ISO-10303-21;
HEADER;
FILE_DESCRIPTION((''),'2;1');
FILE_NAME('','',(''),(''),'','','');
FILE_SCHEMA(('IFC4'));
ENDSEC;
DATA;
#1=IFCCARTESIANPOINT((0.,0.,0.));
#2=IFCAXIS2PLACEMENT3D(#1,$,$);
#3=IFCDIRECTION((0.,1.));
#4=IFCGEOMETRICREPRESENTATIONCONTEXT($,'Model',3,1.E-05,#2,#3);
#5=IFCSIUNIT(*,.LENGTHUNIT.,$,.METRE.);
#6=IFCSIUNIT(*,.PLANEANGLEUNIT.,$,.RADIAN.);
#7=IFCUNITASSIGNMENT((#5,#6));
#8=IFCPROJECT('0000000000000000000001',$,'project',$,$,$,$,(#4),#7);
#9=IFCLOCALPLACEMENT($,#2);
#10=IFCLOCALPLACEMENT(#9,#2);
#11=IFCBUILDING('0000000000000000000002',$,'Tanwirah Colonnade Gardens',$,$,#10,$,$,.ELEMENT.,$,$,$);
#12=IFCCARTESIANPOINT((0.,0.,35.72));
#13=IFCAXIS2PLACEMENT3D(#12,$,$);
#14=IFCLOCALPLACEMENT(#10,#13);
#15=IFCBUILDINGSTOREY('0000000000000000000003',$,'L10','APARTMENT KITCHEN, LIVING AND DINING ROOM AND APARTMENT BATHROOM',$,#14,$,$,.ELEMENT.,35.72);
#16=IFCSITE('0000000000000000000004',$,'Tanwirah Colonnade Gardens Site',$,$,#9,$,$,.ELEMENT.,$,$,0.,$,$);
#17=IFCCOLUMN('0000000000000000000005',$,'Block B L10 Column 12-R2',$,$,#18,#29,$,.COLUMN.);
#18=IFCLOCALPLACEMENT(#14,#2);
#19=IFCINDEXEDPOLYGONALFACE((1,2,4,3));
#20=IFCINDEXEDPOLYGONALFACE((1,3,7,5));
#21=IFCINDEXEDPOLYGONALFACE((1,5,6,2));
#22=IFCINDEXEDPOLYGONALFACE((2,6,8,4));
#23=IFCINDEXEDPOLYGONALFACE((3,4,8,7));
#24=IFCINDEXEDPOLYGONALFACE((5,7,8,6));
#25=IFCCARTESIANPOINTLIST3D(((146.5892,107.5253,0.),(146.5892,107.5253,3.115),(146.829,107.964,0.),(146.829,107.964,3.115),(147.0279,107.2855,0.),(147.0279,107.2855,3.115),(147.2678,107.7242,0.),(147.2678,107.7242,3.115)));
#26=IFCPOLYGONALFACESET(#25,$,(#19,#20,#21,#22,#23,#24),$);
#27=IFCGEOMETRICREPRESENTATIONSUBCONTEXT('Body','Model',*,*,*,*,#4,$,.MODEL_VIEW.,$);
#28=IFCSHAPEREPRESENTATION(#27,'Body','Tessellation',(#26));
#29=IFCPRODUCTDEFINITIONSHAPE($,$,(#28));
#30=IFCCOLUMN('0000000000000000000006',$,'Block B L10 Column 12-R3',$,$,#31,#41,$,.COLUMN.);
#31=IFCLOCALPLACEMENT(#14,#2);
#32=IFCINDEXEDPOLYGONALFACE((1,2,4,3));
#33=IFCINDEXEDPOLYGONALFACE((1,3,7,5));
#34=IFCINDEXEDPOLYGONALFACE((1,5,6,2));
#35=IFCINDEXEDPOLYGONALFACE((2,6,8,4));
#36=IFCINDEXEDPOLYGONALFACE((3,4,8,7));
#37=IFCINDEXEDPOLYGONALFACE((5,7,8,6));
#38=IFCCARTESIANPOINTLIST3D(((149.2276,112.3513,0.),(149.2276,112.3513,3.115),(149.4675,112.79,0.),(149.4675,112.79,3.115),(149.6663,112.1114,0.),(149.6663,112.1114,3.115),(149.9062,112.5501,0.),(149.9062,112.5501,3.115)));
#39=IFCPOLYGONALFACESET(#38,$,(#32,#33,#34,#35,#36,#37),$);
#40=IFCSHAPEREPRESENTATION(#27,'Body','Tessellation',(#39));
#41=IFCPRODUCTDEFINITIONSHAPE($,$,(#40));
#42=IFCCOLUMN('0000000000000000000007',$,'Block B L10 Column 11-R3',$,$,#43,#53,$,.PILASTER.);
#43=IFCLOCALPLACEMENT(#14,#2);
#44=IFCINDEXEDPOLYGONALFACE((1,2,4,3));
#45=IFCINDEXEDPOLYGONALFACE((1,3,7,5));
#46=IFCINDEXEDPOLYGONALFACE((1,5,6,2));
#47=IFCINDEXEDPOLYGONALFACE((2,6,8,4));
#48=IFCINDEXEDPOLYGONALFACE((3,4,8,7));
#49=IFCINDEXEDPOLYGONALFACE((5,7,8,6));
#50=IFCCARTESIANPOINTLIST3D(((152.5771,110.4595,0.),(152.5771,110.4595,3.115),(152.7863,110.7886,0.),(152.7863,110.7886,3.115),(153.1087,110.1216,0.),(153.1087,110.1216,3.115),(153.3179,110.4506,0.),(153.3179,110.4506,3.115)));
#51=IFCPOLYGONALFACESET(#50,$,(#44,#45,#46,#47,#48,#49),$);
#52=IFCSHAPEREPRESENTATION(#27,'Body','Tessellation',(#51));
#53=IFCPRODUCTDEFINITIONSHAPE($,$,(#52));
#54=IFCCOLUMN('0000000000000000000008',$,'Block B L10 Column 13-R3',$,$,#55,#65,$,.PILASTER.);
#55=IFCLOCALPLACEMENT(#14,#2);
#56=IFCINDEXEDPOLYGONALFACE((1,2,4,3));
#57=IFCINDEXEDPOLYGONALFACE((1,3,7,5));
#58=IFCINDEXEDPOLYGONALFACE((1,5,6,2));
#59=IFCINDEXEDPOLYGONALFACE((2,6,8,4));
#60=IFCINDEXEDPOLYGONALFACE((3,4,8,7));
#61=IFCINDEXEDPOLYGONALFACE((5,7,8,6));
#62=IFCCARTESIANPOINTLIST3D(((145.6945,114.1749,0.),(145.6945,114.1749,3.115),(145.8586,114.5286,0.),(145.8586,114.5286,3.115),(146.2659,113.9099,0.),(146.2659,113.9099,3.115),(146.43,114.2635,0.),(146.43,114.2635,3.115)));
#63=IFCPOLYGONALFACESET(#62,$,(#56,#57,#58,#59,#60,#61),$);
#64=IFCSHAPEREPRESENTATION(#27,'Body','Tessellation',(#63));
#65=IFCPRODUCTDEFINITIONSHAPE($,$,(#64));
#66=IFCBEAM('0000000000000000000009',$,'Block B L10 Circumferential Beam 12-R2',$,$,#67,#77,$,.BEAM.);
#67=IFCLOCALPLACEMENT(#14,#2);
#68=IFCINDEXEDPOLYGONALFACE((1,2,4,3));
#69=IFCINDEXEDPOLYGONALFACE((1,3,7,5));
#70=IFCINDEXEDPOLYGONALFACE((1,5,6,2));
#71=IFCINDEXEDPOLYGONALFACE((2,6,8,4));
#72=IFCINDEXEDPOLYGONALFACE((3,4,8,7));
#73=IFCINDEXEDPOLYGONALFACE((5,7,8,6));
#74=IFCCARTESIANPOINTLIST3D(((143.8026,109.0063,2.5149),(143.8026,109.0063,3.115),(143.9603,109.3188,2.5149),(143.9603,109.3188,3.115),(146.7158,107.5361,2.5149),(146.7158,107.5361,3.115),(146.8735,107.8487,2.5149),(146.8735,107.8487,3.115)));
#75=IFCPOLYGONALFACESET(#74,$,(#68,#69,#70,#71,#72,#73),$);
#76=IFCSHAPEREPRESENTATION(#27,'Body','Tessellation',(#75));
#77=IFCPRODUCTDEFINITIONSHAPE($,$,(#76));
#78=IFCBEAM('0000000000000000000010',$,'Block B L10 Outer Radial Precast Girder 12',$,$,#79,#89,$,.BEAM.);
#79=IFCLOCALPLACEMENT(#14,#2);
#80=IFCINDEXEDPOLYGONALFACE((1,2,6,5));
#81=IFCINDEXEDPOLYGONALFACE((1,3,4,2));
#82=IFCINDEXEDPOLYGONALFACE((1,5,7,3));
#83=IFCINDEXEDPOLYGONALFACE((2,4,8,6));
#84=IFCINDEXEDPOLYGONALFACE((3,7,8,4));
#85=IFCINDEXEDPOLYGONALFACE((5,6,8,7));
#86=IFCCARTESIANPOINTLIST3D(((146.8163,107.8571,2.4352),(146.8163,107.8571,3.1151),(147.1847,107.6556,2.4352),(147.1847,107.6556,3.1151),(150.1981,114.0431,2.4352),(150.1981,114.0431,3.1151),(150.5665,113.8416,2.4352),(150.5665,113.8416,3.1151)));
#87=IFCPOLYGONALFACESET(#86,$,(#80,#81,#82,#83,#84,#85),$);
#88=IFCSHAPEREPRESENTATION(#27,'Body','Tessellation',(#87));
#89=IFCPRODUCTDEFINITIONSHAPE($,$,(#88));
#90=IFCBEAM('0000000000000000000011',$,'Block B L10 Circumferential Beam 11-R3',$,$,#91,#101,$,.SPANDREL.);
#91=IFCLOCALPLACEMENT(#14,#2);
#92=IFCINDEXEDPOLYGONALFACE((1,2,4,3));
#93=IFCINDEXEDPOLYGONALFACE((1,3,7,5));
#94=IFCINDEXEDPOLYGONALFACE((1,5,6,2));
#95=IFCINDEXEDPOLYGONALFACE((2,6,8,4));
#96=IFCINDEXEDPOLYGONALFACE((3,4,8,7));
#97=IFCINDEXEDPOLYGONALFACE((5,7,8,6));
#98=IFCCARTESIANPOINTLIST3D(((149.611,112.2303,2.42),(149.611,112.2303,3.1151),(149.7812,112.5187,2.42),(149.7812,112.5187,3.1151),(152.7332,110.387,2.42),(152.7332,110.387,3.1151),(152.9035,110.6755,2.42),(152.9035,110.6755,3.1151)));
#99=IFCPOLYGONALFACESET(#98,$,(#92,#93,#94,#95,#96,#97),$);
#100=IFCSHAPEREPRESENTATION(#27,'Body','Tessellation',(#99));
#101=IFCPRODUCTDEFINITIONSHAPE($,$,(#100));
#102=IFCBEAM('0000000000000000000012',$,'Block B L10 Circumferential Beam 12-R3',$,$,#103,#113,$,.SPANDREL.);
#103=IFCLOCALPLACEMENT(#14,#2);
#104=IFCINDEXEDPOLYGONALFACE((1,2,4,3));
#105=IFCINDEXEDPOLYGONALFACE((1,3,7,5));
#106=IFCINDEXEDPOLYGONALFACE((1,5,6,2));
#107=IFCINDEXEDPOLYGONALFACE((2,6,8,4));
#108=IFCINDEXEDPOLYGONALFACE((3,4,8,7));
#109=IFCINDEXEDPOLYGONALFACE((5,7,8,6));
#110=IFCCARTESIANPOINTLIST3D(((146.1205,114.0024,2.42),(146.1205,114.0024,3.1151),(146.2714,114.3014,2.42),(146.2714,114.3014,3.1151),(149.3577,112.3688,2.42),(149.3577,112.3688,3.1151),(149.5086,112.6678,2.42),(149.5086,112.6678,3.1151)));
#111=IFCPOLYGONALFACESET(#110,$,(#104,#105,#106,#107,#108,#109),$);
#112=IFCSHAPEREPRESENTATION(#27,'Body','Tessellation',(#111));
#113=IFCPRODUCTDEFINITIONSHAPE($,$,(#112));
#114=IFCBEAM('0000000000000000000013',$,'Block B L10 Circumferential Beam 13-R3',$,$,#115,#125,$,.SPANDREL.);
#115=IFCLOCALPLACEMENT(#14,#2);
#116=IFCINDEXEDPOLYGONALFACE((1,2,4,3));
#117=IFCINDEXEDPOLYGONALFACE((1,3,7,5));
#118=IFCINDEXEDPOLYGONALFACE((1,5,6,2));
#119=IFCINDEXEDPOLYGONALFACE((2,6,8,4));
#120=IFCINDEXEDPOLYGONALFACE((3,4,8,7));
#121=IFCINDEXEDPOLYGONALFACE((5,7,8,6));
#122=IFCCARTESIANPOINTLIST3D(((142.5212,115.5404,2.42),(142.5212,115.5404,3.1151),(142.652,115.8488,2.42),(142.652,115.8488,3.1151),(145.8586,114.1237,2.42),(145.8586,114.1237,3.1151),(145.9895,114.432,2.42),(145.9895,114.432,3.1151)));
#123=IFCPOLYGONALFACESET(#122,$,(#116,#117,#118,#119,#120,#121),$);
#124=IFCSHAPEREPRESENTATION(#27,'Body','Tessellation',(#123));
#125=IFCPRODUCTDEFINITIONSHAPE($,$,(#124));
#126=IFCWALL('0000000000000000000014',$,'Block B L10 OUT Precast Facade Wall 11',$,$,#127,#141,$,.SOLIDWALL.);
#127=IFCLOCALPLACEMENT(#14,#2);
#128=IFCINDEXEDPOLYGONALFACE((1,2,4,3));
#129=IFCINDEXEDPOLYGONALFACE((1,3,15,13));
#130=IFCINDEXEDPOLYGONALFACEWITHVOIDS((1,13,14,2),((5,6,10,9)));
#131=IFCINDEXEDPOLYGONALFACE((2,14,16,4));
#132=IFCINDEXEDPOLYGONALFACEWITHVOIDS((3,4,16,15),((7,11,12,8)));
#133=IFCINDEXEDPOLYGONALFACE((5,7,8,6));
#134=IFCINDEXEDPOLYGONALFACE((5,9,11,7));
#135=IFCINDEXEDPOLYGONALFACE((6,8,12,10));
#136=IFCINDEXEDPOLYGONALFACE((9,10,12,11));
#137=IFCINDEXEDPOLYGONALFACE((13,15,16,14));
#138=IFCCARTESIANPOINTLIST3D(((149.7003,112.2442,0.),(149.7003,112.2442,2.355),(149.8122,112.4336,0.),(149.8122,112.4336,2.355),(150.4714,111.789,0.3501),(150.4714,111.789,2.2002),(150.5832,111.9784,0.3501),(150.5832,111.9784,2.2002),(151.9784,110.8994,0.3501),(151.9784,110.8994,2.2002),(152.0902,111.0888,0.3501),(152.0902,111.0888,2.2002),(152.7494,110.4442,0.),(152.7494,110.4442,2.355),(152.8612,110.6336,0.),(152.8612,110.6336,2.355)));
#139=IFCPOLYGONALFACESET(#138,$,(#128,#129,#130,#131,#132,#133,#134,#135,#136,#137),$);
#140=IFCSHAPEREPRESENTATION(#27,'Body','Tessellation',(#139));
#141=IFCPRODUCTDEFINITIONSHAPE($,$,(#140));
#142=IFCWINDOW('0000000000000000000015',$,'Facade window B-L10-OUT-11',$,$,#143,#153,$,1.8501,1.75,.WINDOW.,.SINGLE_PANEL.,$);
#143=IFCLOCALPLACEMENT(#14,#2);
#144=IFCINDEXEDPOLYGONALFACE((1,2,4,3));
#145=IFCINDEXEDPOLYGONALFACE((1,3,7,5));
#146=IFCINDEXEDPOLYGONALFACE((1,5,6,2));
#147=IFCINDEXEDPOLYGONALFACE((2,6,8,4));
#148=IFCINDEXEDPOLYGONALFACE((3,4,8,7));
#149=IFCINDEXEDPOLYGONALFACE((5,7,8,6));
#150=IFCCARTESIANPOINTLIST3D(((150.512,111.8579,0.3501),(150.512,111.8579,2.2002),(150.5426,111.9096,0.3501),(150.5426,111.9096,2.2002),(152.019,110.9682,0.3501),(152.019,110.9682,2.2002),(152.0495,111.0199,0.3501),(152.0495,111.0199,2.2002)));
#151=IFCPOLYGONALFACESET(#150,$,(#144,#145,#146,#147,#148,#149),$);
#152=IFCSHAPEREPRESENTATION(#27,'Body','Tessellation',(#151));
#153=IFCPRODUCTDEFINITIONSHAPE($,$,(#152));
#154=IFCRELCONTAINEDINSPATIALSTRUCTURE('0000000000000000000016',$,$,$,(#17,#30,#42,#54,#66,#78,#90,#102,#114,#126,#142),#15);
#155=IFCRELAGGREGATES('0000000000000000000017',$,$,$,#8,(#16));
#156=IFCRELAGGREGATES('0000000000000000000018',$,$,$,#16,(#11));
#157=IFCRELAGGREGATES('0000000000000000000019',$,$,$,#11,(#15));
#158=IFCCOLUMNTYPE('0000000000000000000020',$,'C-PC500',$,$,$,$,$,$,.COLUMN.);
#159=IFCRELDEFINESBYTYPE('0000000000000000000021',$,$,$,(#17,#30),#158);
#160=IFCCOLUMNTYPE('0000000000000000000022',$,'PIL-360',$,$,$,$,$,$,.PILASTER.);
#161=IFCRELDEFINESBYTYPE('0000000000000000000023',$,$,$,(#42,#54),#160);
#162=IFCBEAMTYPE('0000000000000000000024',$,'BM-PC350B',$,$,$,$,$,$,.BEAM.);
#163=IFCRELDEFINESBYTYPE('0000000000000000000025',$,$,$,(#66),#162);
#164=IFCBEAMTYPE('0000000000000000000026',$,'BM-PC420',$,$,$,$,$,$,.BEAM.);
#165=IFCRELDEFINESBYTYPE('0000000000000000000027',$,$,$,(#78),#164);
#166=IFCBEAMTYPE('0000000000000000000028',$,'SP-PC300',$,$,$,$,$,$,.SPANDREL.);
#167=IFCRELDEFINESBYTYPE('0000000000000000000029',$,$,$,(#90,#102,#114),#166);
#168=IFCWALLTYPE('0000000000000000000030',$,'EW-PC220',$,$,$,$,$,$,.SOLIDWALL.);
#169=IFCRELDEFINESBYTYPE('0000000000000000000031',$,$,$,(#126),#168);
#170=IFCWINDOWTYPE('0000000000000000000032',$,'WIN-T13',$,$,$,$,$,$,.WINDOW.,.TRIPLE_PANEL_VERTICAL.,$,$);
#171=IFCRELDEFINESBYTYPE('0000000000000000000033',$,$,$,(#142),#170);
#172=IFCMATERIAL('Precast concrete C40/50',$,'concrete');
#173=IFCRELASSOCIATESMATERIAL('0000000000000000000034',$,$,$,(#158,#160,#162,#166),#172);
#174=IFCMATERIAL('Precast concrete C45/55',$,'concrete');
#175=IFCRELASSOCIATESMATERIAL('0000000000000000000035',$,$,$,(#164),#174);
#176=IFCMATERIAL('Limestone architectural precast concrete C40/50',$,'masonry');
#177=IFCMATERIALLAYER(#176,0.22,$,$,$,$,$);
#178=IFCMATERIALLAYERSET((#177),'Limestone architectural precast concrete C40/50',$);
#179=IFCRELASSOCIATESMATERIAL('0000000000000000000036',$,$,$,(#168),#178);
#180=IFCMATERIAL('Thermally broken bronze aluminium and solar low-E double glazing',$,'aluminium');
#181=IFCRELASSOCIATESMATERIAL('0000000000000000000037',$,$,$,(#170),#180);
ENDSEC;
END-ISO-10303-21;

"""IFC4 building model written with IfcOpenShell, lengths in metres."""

from ifc_helpers import new_model, si_unit, direction, frame, frame_2d, origin, origin_2d, place, context, subcontext, project, spatial, rectangle, extrude, material, layer, layer_set, material_profile, profile_set, type_object, element, fill, save


model = new_model("IFC4")

# Units and contexts
model_context = context("Model", 3, precision=1e-05, world=origin(), true_north=direction((0.0, 1.0)))
body_context = subcontext(model_context, "Body", "Model", "MODEL_VIEW")
ifc_project = project(units=[si_unit("LENGTHUNIT", "METRE"), si_unit("PLANEANGLEUNIT", "RADIAN")], contexts=[model_context])

# Site, building, storey
site_placement = place(None, origin())
site = spatial("IfcSite", under=ifc_project, at=site_placement, Name="Tanwirah Colonnade Gardens Site", CompositionType="ELEMENT", RefElevation=0.0)
building_placement = place(site_placement, origin())
building = spatial("IfcBuilding", under=site, at=building_placement, Name="Tanwirah Colonnade Gardens", CompositionType="ELEMENT")
storey_placement = place(building_placement, frame((0.0, 0.0, 35.72)))
storey = spatial("IfcBuildingStorey", under=building, at=storey_placement, Name="L10", Description="APARTMENT KITCHEN, LIVING AND DINING ROOM AND APARTMENT BATHROOM", CompositionType="ELEMENT", Elevation=35.72)

# Columns
ifc_material_1 = material(Name="Precast concrete C40/50", Category="concrete")
ifc_material_profile_1 = material_profile(ifc_material_1, rectangle(XDim=0.5, YDim=0.5, at=origin_2d()), Name="PC-COL 500x500")
ifc_profile_set_1 = profile_set([ifc_material_profile_1], Name="Precast concrete C40/50")
column_type_1 = type_object("IfcColumnType", Name="C-PC500", PredefinedType="COLUMN", material=ifc_profile_set_1)
for number, where, z_axis, x_axis, name in (
    (1, (146.9285, 107.6248, 0.0), (0.0, 0.0, 1.0), (0.479713, 0.877425, 0.0), "Block B L10 Column 12-R2"),
    (2, (149.5669, 112.4507, 0.0), (0.0, 0.0, 1.0), (0.479713, 0.877425, 0.0), "Block B L10 Column 12-R3"),
):
    element("IfcColumn", number, at=place(storey_placement, frame(where, z_axis=z_axis, x_axis=x_axis)), inside=storey, type_object=column_type_1, Name=name, PredefinedType="COLUMN", context=body_context, shape_type="SweptSolid", body=[
        extrude(rectangle(XDim=0.5, YDim=0.5, at=origin_2d()), origin(), (0.0, 0.0, 1.0), 3.115),
    ])
ifc_material_profile_2 = material_profile(ifc_material_1, rectangle(XDim=0.3899, YDim=0.6299, at=origin_2d()), Name="PC-PIL 390x630")
ifc_profile_set_2 = profile_set([ifc_material_profile_2], Name="Precast concrete C40/50")
column_type_2 = type_object("IfcColumnType", Name="PIL-360", PredefinedType="PILASTER", material=ifc_profile_set_2)
for number, where, z_axis, x_axis, name in (
    (3, (152.9475, 110.4551, 0.0), (0.0, 0.0, 1.0), (0.536482, 0.843912, 0.0), "Block B L10 Column 11-R3"),
    (4, (146.0623, 114.2192, 0.0), (0.0, 0.0, 1.0), (0.42086, 0.907126, 0.0), "Block B L10 Column 13-R3"),
):
    element("IfcColumn", number, at=place(storey_placement, frame(where, z_axis=z_axis, x_axis=x_axis)), inside=storey, type_object=column_type_2, Name=name, PredefinedType="PILASTER", context=body_context, shape_type="SweptSolid", body=[
        extrude(rectangle(XDim=0.3899, YDim=0.6299, at=origin_2d()), origin(), (0.0, 0.0, 1.0), 3.115),
    ])

# Beams
ifc_material_profile_3 = material_profile(ifc_material_1, rectangle(XDim=0.3501, YDim=0.6001, at=origin_2d()), Name="PC-BM 350x600")
ifc_profile_set_3 = profile_set([ifc_material_profile_3], Name="Precast concrete C40/50")
beam_type_1 = type_object("IfcBeamType", Name="BM-PC350B", PredefinedType="BEAM", material=ifc_profile_set_3)
beam_1_placement = place(storey_placement, frame((146.7947, 107.6924, 2.8149), z_axis=(-0.89276, 0.450532, 0.0), x_axis=(-0.450532, -0.89276, 0.0)))
element("IfcBeam", 5, at=beam_1_placement, inside=storey, type_object=beam_type_1, Name="Block B L10 Circumferential Beam 12-R2", PredefinedType="BEAM", context=body_context, shape_type="SweptSolid", body=[
    extrude(rectangle(XDim=0.3501, YDim=0.6001, at=origin_2d()), origin(), (0.0, 0.0, 1.0), 3.2632),
])
ifc_material_2 = material(Name="Precast concrete C45/55", Category="concrete")
ifc_material_profile_4 = material_profile(ifc_material_2, rectangle(XDim=0.4199, YDim=0.6799, at=origin_2d()), Name="PC-BM 420x680")
ifc_profile_set_4 = profile_set([ifc_material_profile_4], Name="Precast concrete C45/55")
beam_type_2 = type_object("IfcBeamType", Name="BM-PC420", PredefinedType="BEAM", material=ifc_profile_set_4)
beam_2_placement = place(storey_placement, frame((147.0005, 107.7563, 2.7751), z_axis=(0.479687, 0.87744, 0.0), x_axis=(-0.87744, 0.479687, 0.0)))
element("IfcBeam", 6, at=beam_2_placement, inside=storey, type_object=beam_type_2, Name="Block B L10 Outer Radial Precast Girder 12", PredefinedType="BEAM", context=body_context, shape_type="SweptSolid", body=[
    extrude(rectangle(XDim=0.4199, YDim=0.6799, at=origin_2d()), origin(), (0.0, 0.0, 1.0), 7.05),
])
ifc_material_profile_5 = material_profile(ifc_material_1, rectangle(XDim=0.335, YDim=0.6951, at=origin_2d()), Name="PC-SP 335x695")
ifc_profile_set_5 = profile_set([ifc_material_profile_5], Name="Precast concrete C40/50")
beam_type_3 = type_object("IfcBeamType", Name="SP-PC300", PredefinedType="SPANDREL", material=ifc_profile_set_5)
beam_3_placement = place(storey_placement, frame((152.8184, 110.5312, 2.7676), z_axis=(-0.861137, 0.508373, 0.0), x_axis=(-0.508373, -0.861137, 0.0)))
element("IfcBeam", 7, at=beam_3_placement, inside=storey, type_object=beam_type_3, Name="Block B L10 Circumferential Beam 11-R3", PredefinedType="SPANDREL", context=body_context, shape_type="SweptSolid", body=[
    extrude(rectangle(XDim=0.335, YDim=0.6951, at=origin_2d()), origin(), (0.0, 0.0, 1.0), 3.6257),
])
beam_4_placement = place(storey_placement, frame((149.4331, 112.5183, 2.7676), z_axis=(-0.892765, 0.450523, 0.0), x_axis=(-0.450523, -0.892765, 0.0)))
element("IfcBeam", 8, at=beam_4_placement, inside=storey, type_object=beam_type_3, Name="Block B L10 Circumferential Beam 12-R3", PredefinedType="SPANDREL", context=body_context, shape_type="SweptSolid", body=[
    extrude(rectangle(XDim=0.335, YDim=0.6951, at=origin_2d()), origin(), (0.0, 0.0, 1.0), 3.626),
])
beam_5_placement = place(storey_placement, frame((145.9241, 114.2778, 2.7676), z_axis=(-0.920494, 0.390756, 0.0), x_axis=(-0.390756, -0.920494, 0.0)))
element("IfcBeam", 9, at=beam_5_placement, inside=storey, type_object=beam_type_3, Name="Block B L10 Circumferential Beam 13-R3", PredefinedType="SPANDREL", context=body_context, shape_type="SweptSolid", body=[
    extrude(rectangle(XDim=0.335, YDim=0.6951, at=origin_2d()), origin(), (0.0, 0.0, 1.0), 3.6257),
])

# Wall, opening, window
ifc_material_3 = material(Name="Limestone architectural precast concrete C40/50", Category="masonry")
ifc_layer_1 = layer(ifc_material_3, 0.22)
ifc_layer_set_1 = layer_set([ifc_layer_1], Name="Limestone architectural precast concrete C40/50")
wall_type_1 = type_object("IfcWallType", Name="EW-PC220", PredefinedType="SOLIDWALL", material=ifc_layer_set_1)
wall_1_placement = place(storey_placement, frame((152.8054, 110.5388, 0.0), z_axis=(0.0, 0.0, 1.0), x_axis=(-0.861134, 0.508378, 0.0)))
wall_1 = element("IfcWall", 10, at=wall_1_placement, inside=storey, type_object=wall_type_1, Name="Block B L10 OUT Precast Facade Wall 11", PredefinedType="SOLIDWALL", context=body_context, shape_type="SweptSolid", body=[
    extrude(rectangle(XDim=3.5408, YDim=0.22, at=frame_2d((1.7705, 0.0))), origin(), (0.0, 0.0, 1.0), 2.355),
])
opening_1_placement = place(wall_1_placement, frame((0.8955, 0.0, 0.3501)))
opening_1 = element("IfcOpeningElement", 11, at=opening_1_placement, cuts=wall_1, PredefinedType="OPENING", context=body_context, shape_type="SweptSolid", body=[
    extrude(rectangle(XDim=1.75, YDim=1.8501, at=frame_2d((0.875, 0.925))), frame((0.0, 0.1199, 0.0), z_axis=(0.0, -1.0, 0.0), x_axis=(1.0, 0.0, 0.0)), (0.0, 0.0, 1.0), 0.24),
])
ifc_material_4 = material(Name="Thermally broken bronze aluminium and solar low-E double glazing", Category="aluminium")
window_type_1 = type_object("IfcWindowType", Name="WIN-T13", PartitioningType="TRIPLE_PANEL_VERTICAL", PredefinedType="WINDOW", material=ifc_material_4)
window_1_placement = place(opening_1_placement, origin())
window_1 = element("IfcWindow", 12, at=window_1_placement, inside=storey, type_object=window_type_1, Name="Facade window B-L10-OUT-11", OverallHeight=1.8501, OverallWidth=1.75, PartitioningType="SINGLE_PANEL", PredefinedType="WINDOW", context=body_context, shape_type="SweptSolid", body=[
    extrude(rectangle(XDim=1.75, YDim=1.8501, at=frame_2d((0.875, 0.925))), frame((0.0, 0.03, 0.0), z_axis=(0.0, -1.0, 0.0), x_axis=(1.0, 0.0, 0.0)), (0.0, 0.0, 1.0), 0.0601),
])
fill(opening_1, window_1)

save(model, "model.ifc")
